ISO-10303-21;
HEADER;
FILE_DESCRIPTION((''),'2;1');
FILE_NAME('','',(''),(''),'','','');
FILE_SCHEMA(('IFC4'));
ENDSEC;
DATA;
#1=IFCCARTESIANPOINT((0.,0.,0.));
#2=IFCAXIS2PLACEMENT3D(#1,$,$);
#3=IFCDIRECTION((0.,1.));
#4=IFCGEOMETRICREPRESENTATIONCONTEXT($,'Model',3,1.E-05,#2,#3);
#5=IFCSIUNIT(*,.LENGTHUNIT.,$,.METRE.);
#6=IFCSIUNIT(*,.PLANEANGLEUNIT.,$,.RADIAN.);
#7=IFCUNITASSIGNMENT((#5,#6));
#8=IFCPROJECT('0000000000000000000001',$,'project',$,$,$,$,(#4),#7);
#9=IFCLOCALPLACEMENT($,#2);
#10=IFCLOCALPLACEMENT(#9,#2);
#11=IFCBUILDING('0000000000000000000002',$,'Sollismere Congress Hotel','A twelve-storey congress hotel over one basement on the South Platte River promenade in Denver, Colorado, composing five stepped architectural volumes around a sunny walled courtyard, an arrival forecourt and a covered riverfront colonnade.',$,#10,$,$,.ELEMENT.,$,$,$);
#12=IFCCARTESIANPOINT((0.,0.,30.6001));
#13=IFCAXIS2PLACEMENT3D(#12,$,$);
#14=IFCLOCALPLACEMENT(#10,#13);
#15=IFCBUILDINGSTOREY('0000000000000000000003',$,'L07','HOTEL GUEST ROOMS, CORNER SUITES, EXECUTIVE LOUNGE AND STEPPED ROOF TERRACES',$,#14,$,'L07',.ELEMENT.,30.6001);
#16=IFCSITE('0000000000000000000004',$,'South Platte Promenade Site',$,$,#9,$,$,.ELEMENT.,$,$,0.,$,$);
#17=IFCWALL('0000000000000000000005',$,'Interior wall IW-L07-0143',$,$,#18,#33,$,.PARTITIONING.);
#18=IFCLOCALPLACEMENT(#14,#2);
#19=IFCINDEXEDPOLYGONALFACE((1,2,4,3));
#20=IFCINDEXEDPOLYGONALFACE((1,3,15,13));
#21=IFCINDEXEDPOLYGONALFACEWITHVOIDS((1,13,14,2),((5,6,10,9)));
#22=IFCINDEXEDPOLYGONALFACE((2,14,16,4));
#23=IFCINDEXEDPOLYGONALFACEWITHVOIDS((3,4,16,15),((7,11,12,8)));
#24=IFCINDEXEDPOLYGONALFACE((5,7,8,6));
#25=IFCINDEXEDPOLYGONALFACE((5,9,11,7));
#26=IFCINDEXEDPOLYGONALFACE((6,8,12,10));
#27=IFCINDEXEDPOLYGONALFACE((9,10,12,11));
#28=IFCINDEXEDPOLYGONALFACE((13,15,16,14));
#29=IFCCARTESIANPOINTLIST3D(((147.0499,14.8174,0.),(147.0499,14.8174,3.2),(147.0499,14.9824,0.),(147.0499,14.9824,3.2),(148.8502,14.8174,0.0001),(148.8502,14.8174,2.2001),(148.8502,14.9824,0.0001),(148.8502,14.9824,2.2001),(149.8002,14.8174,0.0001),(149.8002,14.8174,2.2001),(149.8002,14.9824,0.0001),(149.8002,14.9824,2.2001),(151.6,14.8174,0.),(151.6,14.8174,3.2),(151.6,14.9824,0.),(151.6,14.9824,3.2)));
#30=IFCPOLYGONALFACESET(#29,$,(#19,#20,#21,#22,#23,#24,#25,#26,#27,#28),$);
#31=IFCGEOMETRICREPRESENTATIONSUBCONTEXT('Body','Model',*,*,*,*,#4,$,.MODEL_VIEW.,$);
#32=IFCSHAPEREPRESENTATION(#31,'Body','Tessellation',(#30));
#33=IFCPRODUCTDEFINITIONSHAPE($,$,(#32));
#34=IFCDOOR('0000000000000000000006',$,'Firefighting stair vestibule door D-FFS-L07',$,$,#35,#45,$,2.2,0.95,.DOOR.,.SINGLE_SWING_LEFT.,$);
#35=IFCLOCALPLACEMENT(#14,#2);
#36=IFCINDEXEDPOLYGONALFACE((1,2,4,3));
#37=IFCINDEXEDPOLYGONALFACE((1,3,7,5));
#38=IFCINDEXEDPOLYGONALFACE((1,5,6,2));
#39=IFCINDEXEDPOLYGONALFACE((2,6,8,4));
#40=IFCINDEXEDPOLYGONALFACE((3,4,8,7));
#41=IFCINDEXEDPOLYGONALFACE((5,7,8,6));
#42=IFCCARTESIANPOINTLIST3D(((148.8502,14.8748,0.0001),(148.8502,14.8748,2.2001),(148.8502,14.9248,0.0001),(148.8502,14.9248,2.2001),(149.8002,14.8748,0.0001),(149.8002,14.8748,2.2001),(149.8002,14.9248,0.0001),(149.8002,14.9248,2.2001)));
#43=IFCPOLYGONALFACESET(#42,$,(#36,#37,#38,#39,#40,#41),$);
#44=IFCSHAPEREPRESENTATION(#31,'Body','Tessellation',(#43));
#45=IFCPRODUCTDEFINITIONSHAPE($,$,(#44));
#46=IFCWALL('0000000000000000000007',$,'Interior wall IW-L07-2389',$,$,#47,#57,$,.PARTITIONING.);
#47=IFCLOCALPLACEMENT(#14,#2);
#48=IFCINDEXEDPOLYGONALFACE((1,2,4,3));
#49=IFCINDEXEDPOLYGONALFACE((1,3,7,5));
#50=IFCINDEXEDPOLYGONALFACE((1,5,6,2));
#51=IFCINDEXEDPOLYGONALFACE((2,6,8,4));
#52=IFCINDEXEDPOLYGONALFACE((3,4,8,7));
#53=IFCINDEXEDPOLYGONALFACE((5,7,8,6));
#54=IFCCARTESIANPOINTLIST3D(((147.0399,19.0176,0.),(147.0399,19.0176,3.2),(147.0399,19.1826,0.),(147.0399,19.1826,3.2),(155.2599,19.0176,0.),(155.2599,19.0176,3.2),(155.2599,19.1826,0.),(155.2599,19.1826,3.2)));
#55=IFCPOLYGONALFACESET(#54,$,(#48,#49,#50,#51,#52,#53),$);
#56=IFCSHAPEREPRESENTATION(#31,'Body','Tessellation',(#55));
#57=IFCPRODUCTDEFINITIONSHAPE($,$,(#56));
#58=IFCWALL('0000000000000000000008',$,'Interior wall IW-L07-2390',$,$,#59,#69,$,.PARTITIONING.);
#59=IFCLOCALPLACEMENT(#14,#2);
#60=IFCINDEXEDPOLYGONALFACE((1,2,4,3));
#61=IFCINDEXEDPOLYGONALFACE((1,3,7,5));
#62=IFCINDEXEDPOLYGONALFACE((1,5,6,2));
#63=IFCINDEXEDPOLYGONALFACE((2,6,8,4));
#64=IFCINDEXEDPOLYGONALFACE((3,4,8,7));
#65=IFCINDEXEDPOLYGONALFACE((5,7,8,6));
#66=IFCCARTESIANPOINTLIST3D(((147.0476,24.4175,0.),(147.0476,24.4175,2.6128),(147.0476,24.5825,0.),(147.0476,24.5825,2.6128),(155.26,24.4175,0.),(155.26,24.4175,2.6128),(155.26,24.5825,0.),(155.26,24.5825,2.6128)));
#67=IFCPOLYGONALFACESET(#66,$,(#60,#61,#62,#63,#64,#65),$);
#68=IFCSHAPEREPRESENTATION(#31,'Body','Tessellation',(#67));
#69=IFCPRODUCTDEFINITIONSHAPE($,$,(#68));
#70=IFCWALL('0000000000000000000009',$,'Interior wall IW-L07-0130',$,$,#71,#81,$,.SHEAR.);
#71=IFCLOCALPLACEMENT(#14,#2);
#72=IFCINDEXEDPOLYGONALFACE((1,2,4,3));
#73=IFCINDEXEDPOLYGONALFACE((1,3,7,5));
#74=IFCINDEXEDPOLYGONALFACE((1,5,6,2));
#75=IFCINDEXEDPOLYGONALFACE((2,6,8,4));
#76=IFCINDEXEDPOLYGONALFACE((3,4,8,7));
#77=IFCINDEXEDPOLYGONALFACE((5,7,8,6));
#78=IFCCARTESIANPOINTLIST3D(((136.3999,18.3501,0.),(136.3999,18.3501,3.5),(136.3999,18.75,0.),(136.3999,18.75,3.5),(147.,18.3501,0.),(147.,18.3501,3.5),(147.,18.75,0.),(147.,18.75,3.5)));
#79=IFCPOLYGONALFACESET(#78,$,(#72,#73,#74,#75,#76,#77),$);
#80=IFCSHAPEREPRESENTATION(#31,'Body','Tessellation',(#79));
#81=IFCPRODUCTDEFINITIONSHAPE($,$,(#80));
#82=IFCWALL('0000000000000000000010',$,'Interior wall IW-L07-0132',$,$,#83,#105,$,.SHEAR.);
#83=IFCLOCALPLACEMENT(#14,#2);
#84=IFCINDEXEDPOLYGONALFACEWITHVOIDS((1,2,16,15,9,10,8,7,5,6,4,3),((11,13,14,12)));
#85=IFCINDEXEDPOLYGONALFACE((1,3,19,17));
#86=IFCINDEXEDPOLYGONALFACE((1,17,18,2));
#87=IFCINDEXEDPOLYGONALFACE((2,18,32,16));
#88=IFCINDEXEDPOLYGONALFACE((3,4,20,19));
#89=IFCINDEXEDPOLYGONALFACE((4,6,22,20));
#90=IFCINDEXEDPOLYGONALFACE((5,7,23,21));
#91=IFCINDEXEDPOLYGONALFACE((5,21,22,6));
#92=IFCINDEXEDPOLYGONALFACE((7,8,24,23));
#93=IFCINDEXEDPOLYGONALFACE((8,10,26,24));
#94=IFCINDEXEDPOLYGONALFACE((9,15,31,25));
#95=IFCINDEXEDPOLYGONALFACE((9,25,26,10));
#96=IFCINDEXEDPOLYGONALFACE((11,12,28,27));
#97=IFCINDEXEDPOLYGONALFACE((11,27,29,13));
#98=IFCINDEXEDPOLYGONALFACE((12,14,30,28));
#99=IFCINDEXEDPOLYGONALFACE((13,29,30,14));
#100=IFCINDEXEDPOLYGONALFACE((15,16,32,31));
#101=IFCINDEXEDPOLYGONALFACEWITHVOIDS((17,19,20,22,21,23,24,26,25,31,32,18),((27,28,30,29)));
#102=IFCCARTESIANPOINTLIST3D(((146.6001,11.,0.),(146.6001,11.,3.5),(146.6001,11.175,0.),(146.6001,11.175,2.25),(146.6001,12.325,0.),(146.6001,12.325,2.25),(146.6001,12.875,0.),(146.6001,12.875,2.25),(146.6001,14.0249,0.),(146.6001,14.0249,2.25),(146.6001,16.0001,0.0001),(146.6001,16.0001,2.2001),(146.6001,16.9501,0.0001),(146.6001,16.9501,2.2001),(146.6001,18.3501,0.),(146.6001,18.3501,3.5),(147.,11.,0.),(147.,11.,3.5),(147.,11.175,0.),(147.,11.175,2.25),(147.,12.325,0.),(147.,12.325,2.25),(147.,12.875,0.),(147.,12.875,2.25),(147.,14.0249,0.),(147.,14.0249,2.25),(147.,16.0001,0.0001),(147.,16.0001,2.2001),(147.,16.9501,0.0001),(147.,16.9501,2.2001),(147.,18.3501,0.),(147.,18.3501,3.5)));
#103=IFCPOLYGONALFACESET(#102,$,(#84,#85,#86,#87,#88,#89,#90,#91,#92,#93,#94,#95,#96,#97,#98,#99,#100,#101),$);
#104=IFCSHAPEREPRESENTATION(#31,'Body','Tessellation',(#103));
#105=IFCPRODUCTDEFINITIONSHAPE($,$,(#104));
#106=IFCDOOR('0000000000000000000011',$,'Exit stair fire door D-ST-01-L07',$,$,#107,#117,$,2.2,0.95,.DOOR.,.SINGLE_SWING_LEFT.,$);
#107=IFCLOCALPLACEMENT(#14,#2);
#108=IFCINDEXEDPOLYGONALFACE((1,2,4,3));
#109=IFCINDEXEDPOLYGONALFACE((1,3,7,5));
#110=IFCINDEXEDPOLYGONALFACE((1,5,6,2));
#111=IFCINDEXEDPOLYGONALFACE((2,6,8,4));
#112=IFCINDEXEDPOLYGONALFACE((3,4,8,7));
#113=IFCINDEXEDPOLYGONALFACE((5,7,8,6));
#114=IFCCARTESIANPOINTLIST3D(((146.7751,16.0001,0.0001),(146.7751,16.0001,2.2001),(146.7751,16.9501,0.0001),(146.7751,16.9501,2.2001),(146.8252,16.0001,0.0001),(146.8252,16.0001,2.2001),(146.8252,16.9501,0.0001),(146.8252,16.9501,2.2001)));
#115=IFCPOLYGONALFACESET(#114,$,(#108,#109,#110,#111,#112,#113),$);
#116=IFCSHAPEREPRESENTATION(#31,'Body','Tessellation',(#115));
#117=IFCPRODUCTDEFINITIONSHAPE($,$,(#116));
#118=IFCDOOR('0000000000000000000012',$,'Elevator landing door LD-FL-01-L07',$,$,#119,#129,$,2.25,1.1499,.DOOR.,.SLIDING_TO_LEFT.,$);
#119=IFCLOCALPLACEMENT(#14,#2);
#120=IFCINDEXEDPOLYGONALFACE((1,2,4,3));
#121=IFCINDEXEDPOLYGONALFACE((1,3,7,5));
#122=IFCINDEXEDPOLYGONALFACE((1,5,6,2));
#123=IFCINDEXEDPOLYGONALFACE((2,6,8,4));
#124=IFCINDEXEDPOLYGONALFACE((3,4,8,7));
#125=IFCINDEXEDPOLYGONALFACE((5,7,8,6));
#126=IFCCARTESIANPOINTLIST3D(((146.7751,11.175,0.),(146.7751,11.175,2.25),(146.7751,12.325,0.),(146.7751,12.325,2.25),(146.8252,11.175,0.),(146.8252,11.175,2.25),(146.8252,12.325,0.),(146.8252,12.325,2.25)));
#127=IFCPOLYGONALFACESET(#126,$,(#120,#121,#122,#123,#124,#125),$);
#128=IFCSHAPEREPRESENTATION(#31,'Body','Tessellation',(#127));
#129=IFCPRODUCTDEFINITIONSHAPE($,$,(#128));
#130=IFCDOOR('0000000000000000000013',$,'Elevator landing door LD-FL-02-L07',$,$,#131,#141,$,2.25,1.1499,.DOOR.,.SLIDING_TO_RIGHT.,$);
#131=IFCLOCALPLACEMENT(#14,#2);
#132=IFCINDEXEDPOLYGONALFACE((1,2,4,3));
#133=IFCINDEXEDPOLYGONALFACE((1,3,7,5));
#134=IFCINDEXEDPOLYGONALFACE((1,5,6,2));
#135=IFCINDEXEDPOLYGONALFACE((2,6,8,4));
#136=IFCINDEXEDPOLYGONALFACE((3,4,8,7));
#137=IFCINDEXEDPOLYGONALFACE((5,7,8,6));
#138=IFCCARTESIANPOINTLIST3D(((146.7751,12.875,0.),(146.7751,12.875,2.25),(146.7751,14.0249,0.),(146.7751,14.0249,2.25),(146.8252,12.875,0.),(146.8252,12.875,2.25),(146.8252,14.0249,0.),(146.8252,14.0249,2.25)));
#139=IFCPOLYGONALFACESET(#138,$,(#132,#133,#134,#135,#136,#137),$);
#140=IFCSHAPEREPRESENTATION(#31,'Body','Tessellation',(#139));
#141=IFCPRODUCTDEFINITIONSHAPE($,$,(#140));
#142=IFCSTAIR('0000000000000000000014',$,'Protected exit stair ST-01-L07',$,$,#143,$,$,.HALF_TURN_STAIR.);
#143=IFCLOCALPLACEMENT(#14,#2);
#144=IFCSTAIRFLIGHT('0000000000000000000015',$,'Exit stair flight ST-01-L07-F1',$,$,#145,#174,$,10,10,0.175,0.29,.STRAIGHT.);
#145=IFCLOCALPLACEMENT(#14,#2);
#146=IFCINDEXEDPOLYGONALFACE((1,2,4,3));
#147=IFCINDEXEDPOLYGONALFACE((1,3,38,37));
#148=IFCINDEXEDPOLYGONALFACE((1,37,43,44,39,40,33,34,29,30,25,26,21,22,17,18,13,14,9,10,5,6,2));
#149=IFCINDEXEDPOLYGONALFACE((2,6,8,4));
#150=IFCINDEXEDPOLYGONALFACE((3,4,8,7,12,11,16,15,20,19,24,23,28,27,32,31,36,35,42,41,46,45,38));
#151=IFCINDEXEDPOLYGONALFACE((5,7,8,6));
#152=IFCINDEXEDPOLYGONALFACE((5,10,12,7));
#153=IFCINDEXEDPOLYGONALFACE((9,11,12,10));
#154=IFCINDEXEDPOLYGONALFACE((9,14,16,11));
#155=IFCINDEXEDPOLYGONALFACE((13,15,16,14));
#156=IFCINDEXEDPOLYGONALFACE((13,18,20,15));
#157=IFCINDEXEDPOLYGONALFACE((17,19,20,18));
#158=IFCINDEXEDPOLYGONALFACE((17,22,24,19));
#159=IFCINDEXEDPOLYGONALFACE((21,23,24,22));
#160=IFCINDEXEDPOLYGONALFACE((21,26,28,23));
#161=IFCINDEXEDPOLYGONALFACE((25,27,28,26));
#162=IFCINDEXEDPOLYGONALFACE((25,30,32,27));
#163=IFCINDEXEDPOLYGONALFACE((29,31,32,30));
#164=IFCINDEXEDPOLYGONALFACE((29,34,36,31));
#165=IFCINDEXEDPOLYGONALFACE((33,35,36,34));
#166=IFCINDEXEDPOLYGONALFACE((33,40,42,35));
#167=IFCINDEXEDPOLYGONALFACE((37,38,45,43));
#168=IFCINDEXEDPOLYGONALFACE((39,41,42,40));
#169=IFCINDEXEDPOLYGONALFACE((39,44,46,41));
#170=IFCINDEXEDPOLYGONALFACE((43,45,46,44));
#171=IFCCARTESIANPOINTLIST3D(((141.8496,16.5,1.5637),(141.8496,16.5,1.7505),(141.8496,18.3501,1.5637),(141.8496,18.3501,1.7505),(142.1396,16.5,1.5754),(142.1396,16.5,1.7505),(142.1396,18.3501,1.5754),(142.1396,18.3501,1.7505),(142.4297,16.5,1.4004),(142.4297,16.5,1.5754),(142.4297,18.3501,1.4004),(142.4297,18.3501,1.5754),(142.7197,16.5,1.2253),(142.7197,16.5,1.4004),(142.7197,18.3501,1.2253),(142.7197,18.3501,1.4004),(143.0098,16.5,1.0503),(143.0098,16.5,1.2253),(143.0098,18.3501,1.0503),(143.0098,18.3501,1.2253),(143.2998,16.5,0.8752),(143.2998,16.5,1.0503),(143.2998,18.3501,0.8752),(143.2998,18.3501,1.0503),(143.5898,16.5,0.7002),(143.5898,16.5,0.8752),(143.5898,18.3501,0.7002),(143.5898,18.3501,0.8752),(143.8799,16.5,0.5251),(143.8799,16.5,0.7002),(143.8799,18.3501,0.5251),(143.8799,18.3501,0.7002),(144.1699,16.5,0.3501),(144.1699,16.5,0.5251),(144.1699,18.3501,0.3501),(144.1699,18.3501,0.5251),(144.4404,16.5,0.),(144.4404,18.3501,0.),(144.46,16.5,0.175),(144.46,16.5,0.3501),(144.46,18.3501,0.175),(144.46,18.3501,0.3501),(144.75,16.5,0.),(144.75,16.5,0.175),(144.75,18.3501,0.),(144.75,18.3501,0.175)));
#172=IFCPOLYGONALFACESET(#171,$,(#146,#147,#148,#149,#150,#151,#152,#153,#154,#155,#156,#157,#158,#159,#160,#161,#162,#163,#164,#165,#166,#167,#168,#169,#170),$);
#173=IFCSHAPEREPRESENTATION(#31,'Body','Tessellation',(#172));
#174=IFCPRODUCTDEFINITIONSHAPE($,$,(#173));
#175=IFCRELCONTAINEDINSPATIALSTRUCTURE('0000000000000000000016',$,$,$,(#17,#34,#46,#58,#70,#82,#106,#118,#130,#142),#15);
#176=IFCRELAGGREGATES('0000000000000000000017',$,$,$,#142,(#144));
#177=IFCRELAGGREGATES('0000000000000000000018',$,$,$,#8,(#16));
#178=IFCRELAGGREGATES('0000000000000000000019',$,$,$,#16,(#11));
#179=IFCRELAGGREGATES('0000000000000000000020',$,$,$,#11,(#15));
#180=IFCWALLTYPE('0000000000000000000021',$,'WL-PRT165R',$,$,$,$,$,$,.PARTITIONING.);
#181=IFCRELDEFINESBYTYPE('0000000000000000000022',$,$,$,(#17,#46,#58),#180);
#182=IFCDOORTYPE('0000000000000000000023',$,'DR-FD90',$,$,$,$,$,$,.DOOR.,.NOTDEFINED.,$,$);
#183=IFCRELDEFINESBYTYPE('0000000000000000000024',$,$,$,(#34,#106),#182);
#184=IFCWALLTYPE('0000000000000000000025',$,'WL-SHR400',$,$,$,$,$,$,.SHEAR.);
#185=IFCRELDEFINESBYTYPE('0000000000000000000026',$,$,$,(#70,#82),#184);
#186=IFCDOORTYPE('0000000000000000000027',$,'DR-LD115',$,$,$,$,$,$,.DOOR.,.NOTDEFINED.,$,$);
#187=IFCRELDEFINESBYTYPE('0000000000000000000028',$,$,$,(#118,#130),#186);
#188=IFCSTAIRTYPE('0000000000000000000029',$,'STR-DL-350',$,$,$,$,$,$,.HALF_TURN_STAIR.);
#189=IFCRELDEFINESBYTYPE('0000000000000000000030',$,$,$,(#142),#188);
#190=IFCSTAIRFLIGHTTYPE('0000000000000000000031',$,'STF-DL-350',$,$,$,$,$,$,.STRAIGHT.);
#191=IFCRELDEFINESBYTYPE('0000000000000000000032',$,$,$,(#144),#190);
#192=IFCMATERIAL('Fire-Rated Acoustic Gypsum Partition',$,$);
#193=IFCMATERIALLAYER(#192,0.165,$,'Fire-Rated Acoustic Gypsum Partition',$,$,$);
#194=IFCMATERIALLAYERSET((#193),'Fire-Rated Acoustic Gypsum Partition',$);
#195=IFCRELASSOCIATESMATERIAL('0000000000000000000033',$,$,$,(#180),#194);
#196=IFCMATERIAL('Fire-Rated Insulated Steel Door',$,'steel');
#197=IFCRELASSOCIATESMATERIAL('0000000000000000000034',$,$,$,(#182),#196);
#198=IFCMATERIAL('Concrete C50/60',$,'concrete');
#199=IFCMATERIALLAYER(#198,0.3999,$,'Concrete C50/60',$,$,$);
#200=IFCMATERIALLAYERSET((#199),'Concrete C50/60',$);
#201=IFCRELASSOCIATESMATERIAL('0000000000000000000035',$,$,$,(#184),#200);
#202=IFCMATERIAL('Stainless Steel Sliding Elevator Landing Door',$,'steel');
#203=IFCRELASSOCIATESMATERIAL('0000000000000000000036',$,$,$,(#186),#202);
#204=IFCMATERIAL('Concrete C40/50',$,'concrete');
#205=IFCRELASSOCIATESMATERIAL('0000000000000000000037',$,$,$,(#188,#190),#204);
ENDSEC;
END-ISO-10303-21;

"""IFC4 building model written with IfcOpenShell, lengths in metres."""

from ifc_helpers import new_model, si_unit, direction, frame, frame_2d, origin, place, context, subcontext, project, spatial, polyline, rectangle, outline, extrude, material, layer, layer_set, type_object, element, fill, aggregate, save


model = new_model("IFC4")

# Units and contexts
model_context = context("Model", 3, precision=1e-05, world=origin(), true_north=direction((0.0, 1.0)))
body_context = subcontext(model_context, "Body", "Model", "MODEL_VIEW")
ifc_project = project(units=[si_unit("LENGTHUNIT", "METRE"), si_unit("PLANEANGLEUNIT", "RADIAN")], contexts=[model_context])

# Site, building, storey
site_placement = place(None, origin())
site = spatial("IfcSite", under=ifc_project, at=site_placement, Name="South Platte Promenade Site", CompositionType="ELEMENT", RefElevation=0.0)
building_placement = place(site_placement, origin())
building = spatial("IfcBuilding", under=site, at=building_placement, Name="Sollismere Congress Hotel", Description="A twelve-storey congress hotel over one basement on the South Platte River promenade in Denver, Colorado, composing five stepped architectural volumes around a sunny walled courtyard, an arrival forecourt and a covered riverfront colonnade.", CompositionType="ELEMENT")
storey_placement = place(building_placement, frame((0.0, 0.0, 30.6001)))
storey = spatial("IfcBuildingStorey", under=building, at=storey_placement, Name="L07", Description="HOTEL GUEST ROOMS, CORNER SUITES, EXECUTIVE LOUNGE AND STEPPED ROOF TERRACES", LongName="L07", CompositionType="ELEMENT", Elevation=30.6001)

# Wall, opening, door
ifc_material_1 = material(Name="Fire-Rated Acoustic Gypsum Partition")
ifc_layer_1 = layer(ifc_material_1, 0.165, Name="Fire-Rated Acoustic Gypsum Partition")
ifc_layer_set_1 = layer_set([ifc_layer_1], Name="Fire-Rated Acoustic Gypsum Partition")
wall_type_1 = type_object("IfcWallType", Name="WL-PRT165R", PredefinedType="PARTITIONING", material=ifc_layer_set_1)
wall_1_placement = place(storey_placement, frame((147.05, 14.8999, 0.0), z_axis=(0.0, 0.0, 1.0), x_axis=(1.0, 0.0, 0.0)))
wall_1 = element("IfcWall", 1, at=wall_1_placement, inside=storey, type_object=wall_type_1, Name="Interior wall IW-L07-0143", PredefinedType="PARTITIONING", context=body_context, shape_type="SweptSolid", body=[
    extrude(rectangle(XDim=4.55, YDim=0.165, at=frame_2d((2.2749, 0.0))), origin(), (0.0, 0.0, 1.0), 3.2),
])
opening_1_placement = place(wall_1_placement, frame((1.8, 0.0, 0.0)))
opening_1 = element("IfcOpeningElement", 2, at=opening_1_placement, cuts=wall_1, PredefinedType="OPENING", context=body_context, shape_type="SweptSolid", body=[
    extrude(rectangle(XDim=0.95, YDim=2.2, at=frame_2d((0.4751, 1.1001))), frame((0.0, 0.0925, 0.0), z_axis=(0.0, -1.0, 0.0), x_axis=(1.0, 0.0, 0.0)), (0.0, 0.0, 1.0), 0.1851),
])
ifc_material_2 = material(Name="Fire-Rated Insulated Steel Door", Category="steel")
door_type_1 = type_object("IfcDoorType", Name="DR-FD90", OperationType="NOTDEFINED", PredefinedType="DOOR", material=ifc_material_2)
door_1_placement = place(opening_1_placement, origin())
door_1 = element("IfcDoor", 3, at=door_1_placement, inside=storey, type_object=door_type_1, Name="Firefighting stair vestibule door D-FFS-L07", OperationType="SINGLE_SWING_LEFT", OverallHeight=2.2, OverallWidth=0.95, PredefinedType="DOOR", context=body_context, shape_type="SweptSolid", body=[
    extrude(rectangle(XDim=0.95, YDim=2.2, at=frame_2d((0.4751, 1.1001))), frame((0.0, 0.0249, 0.0), z_axis=(0.0, -1.0, 0.0), x_axis=(1.0, 0.0, 0.0)), (0.0, 0.0, 1.0), 0.05),
])
fill(opening_1, door_1)

# Walls
wall_2_placement = place(storey_placement, frame((147.04, 19.1001, 0.0), z_axis=(0.0, 0.0, 1.0), x_axis=(1.0, 0.0, 0.0)))
element("IfcWall", 4, at=wall_2_placement, inside=storey, type_object=wall_type_1, Name="Interior wall IW-L07-2389", PredefinedType="PARTITIONING", context=body_context, shape_type="SweptSolid", body=[
    extrude(rectangle(XDim=8.22, YDim=0.165, at=frame_2d((4.1099, 0.0))), origin(), (0.0, 0.0, 1.0), 3.2),
])
wall_3_placement = place(storey_placement, frame((147.0476, 24.5, 0.0), z_axis=(0.0, 0.0, 1.0), x_axis=(1.0, 0.0, 0.0)))
element("IfcWall", 5, at=wall_3_placement, inside=storey, type_object=wall_type_1, Name="Interior wall IW-L07-2390", PredefinedType="PARTITIONING", context=body_context, shape_type="SweptSolid", body=[
    extrude(rectangle(XDim=8.2124, YDim=0.165, at=frame_2d((4.1062, 0.0))), origin(), (0.0, 0.0, 1.0), 2.6128),
])
ifc_material_3 = material(Name="Concrete C50/60", Category="concrete")
ifc_layer_2 = layer(ifc_material_3, 0.3999, Name="Concrete C50/60")
ifc_layer_set_2 = layer_set([ifc_layer_2], Name="Concrete C50/60")
wall_type_2 = type_object("IfcWallType", Name="WL-SHR400", PredefinedType="SHEAR", material=ifc_layer_set_2)
wall_4_placement = place(storey_placement, frame((147.0, 18.55, 0.0), z_axis=(0.0, 0.0, 1.0), x_axis=(-1.0, 0.0, 0.0)))
element("IfcWall", 6, at=wall_4_placement, inside=storey, type_object=wall_type_2, Name="Interior wall IW-L07-0130", PredefinedType="SHEAR", context=body_context, shape_type="SweptSolid", body=[
    extrude(rectangle(XDim=10.6001, YDim=0.3999, at=frame_2d((5.3, 0.0))), origin(), (0.0, 0.0, 1.0), 3.5),
])

# Wall, openings, doors
wall_5_placement = place(storey_placement, frame((146.8, 11.0, 0.0), z_axis=(0.0, 0.0, 1.0), x_axis=(0.0, 1.0, 0.0)))
wall_5 = element("IfcWall", 7, at=wall_5_placement, inside=storey, type_object=wall_type_2, Name="Interior wall IW-L07-0132", PredefinedType="SHEAR", context=body_context, shape_type="SweptSolid", body=[
    extrude(rectangle(XDim=7.3501, YDim=0.3999, at=frame_2d((3.675, 0.0))), origin(), (0.0, 0.0, 1.0), 3.5),
])
opening_2_placement = place(wall_5_placement, frame((5.0, 0.0, 0.0)))
opening_2 = element("IfcOpeningElement", 8, at=opening_2_placement, cuts=wall_5, PredefinedType="OPENING", context=body_context, shape_type="SweptSolid", body=[
    extrude(rectangle(XDim=0.95, YDim=2.2, at=frame_2d((0.4751, 1.1001))), frame((0.0, 0.21, 0.0), z_axis=(0.0, -1.0, 0.0), x_axis=(1.0, 0.0, 0.0)), (0.0, 0.0, 1.0), 0.4199),
])
opening_3_placement = place(wall_5_placement, frame((0.175, 0.0, 0.0)))
opening_3 = element("IfcOpeningElement", 9, at=opening_3_placement, cuts=wall_5, PredefinedType="OPENING", context=body_context, shape_type="SweptSolid", body=[
    extrude(rectangle(XDim=1.1499, YDim=2.25, at=frame_2d((0.575, 1.125))), frame((0.0, 0.21, 0.0), z_axis=(0.0, -1.0, 0.0), x_axis=(1.0, 0.0, 0.0)), (0.0, 0.0, 1.0), 0.4199),
])
opening_4_placement = place(wall_5_placement, frame((1.875, 0.0, 0.0)))
opening_4 = element("IfcOpeningElement", 10, at=opening_4_placement, cuts=wall_5, PredefinedType="OPENING", context=body_context, shape_type="SweptSolid", body=[
    extrude(rectangle(XDim=1.1499, YDim=2.25, at=frame_2d((0.575, 1.125))), frame((0.0, 0.21, 0.0), z_axis=(0.0, -1.0, 0.0), x_axis=(1.0, 0.0, 0.0)), (0.0, 0.0, 1.0), 0.4199),
])
door_2_placement = place(opening_2_placement, origin())
door_2 = element("IfcDoor", 11, at=door_2_placement, inside=storey, type_object=door_type_1, Name="Exit stair fire door D-ST-01-L07", OperationType="SINGLE_SWING_LEFT", OverallHeight=2.2, OverallWidth=0.95, PredefinedType="DOOR", context=body_context, shape_type="SweptSolid", body=[
    extrude(rectangle(XDim=0.95, YDim=2.2, at=frame_2d((0.4751, 1.1001))), frame((0.0, 0.0249, 0.0), z_axis=(0.0, -1.0, 0.0), x_axis=(1.0, 0.0, 0.0)), (0.0, 0.0, 1.0), 0.05),
])
fill(opening_2, door_2)
ifc_material_4 = material(Name="Stainless Steel Sliding Elevator Landing Door", Category="steel")
door_type_2 = type_object("IfcDoorType", Name="DR-LD115", OperationType="NOTDEFINED", PredefinedType="DOOR", material=ifc_material_4)
door_3_placement = place(opening_3_placement, origin())
door_3 = element("IfcDoor", 12, at=door_3_placement, inside=storey, type_object=door_type_2, Name="Elevator landing door LD-FL-01-L07", OperationType="SLIDING_TO_LEFT", OverallHeight=2.25, OverallWidth=1.1499, PredefinedType="DOOR", context=body_context, shape_type="SweptSolid", body=[
    extrude(rectangle(XDim=1.1499, YDim=2.25, at=frame_2d((0.575, 1.125))), frame((0.0, 0.0249, 0.0), z_axis=(0.0, -1.0, 0.0), x_axis=(1.0, 0.0, 0.0)), (0.0, 0.0, 1.0), 0.05),
])
fill(opening_3, door_3)
door_4_placement = place(opening_4_placement, origin())
door_4 = element("IfcDoor", 13, at=door_4_placement, inside=storey, type_object=door_type_2, Name="Elevator landing door LD-FL-02-L07", OperationType="SLIDING_TO_RIGHT", OverallHeight=2.25, OverallWidth=1.1499, PredefinedType="DOOR", context=body_context, shape_type="SweptSolid", body=[
    extrude(rectangle(XDim=1.1499, YDim=2.25, at=frame_2d((0.575, 1.125))), frame((0.0, 0.0249, 0.0), z_axis=(0.0, -1.0, 0.0), x_axis=(1.0, 0.0, 0.0)), (0.0, 0.0, 1.0), 0.05),
])
fill(opening_4, door_4)

# Stair, stair flight
ifc_material_5 = material(Name="Concrete C40/50", Category="concrete")
stair_type = type_object("IfcStairType", Name="STR-DL-350", PredefinedType="HALF_TURN_STAIR", material=ifc_material_5)
stair_placement = place(storey_placement, origin())
stair = element("IfcStair", 14, at=stair_placement, inside=storey, type_object=stair_type, Name="Protected exit stair ST-01-L07", PredefinedType="HALF_TURN_STAIR")
stair_flight_type = type_object("IfcStairFlightType", Name="STF-DL-350", PredefinedType="STRAIGHT", material=ifc_material_5)
stair_flight_placement = place(storey_placement, frame((144.75, 17.425, 0.0), z_axis=(0.0, 0.0, 1.0), x_axis=(-1.0, 0.0, 0.0)))
stair_flight = element("IfcStairFlight", 15, at=stair_flight_placement, type_object=stair_flight_type, Name="Exit stair flight ST-01-L07-F1", NumberOfRisers=10, NumberOfTreads=10, PredefinedType="STRAIGHT", RiserHeight=0.175, TreadLength=0.29, context=body_context, shape_type="SweptSolid", body=[
    extrude(outline(polyline([(0.0, 0.0), (0.0, 0.175), (0.29, 0.175), (0.29, 0.3501), (0.5801, 0.3501), (0.5801, 0.5251), (0.8701, 0.5251), (0.8701, 0.7002), (1.1602, 0.7002), (1.1602, 0.8752), (1.4502, 0.8752), (1.4502, 1.0503), (1.7402, 1.0503), (1.7402, 1.2253), (2.0303, 1.2253), (2.0303, 1.4004), (2.3203, 1.4004), (2.3203, 1.5754), (2.6104, 1.5754), (2.6104, 1.7505), (2.9004, 1.7505), (2.9004, 1.5637), (0.3096, 0.0), (0.0, 0.0)])), frame((0.0, 0.925, 0.0), z_axis=(0.0, -1.0, 0.0), x_axis=(1.0, 0.0, 0.0)), (0.0, 0.0, 1.0), 1.8501),
])
aggregate(stair, [stair_flight])

save(model, "model.ifc")
